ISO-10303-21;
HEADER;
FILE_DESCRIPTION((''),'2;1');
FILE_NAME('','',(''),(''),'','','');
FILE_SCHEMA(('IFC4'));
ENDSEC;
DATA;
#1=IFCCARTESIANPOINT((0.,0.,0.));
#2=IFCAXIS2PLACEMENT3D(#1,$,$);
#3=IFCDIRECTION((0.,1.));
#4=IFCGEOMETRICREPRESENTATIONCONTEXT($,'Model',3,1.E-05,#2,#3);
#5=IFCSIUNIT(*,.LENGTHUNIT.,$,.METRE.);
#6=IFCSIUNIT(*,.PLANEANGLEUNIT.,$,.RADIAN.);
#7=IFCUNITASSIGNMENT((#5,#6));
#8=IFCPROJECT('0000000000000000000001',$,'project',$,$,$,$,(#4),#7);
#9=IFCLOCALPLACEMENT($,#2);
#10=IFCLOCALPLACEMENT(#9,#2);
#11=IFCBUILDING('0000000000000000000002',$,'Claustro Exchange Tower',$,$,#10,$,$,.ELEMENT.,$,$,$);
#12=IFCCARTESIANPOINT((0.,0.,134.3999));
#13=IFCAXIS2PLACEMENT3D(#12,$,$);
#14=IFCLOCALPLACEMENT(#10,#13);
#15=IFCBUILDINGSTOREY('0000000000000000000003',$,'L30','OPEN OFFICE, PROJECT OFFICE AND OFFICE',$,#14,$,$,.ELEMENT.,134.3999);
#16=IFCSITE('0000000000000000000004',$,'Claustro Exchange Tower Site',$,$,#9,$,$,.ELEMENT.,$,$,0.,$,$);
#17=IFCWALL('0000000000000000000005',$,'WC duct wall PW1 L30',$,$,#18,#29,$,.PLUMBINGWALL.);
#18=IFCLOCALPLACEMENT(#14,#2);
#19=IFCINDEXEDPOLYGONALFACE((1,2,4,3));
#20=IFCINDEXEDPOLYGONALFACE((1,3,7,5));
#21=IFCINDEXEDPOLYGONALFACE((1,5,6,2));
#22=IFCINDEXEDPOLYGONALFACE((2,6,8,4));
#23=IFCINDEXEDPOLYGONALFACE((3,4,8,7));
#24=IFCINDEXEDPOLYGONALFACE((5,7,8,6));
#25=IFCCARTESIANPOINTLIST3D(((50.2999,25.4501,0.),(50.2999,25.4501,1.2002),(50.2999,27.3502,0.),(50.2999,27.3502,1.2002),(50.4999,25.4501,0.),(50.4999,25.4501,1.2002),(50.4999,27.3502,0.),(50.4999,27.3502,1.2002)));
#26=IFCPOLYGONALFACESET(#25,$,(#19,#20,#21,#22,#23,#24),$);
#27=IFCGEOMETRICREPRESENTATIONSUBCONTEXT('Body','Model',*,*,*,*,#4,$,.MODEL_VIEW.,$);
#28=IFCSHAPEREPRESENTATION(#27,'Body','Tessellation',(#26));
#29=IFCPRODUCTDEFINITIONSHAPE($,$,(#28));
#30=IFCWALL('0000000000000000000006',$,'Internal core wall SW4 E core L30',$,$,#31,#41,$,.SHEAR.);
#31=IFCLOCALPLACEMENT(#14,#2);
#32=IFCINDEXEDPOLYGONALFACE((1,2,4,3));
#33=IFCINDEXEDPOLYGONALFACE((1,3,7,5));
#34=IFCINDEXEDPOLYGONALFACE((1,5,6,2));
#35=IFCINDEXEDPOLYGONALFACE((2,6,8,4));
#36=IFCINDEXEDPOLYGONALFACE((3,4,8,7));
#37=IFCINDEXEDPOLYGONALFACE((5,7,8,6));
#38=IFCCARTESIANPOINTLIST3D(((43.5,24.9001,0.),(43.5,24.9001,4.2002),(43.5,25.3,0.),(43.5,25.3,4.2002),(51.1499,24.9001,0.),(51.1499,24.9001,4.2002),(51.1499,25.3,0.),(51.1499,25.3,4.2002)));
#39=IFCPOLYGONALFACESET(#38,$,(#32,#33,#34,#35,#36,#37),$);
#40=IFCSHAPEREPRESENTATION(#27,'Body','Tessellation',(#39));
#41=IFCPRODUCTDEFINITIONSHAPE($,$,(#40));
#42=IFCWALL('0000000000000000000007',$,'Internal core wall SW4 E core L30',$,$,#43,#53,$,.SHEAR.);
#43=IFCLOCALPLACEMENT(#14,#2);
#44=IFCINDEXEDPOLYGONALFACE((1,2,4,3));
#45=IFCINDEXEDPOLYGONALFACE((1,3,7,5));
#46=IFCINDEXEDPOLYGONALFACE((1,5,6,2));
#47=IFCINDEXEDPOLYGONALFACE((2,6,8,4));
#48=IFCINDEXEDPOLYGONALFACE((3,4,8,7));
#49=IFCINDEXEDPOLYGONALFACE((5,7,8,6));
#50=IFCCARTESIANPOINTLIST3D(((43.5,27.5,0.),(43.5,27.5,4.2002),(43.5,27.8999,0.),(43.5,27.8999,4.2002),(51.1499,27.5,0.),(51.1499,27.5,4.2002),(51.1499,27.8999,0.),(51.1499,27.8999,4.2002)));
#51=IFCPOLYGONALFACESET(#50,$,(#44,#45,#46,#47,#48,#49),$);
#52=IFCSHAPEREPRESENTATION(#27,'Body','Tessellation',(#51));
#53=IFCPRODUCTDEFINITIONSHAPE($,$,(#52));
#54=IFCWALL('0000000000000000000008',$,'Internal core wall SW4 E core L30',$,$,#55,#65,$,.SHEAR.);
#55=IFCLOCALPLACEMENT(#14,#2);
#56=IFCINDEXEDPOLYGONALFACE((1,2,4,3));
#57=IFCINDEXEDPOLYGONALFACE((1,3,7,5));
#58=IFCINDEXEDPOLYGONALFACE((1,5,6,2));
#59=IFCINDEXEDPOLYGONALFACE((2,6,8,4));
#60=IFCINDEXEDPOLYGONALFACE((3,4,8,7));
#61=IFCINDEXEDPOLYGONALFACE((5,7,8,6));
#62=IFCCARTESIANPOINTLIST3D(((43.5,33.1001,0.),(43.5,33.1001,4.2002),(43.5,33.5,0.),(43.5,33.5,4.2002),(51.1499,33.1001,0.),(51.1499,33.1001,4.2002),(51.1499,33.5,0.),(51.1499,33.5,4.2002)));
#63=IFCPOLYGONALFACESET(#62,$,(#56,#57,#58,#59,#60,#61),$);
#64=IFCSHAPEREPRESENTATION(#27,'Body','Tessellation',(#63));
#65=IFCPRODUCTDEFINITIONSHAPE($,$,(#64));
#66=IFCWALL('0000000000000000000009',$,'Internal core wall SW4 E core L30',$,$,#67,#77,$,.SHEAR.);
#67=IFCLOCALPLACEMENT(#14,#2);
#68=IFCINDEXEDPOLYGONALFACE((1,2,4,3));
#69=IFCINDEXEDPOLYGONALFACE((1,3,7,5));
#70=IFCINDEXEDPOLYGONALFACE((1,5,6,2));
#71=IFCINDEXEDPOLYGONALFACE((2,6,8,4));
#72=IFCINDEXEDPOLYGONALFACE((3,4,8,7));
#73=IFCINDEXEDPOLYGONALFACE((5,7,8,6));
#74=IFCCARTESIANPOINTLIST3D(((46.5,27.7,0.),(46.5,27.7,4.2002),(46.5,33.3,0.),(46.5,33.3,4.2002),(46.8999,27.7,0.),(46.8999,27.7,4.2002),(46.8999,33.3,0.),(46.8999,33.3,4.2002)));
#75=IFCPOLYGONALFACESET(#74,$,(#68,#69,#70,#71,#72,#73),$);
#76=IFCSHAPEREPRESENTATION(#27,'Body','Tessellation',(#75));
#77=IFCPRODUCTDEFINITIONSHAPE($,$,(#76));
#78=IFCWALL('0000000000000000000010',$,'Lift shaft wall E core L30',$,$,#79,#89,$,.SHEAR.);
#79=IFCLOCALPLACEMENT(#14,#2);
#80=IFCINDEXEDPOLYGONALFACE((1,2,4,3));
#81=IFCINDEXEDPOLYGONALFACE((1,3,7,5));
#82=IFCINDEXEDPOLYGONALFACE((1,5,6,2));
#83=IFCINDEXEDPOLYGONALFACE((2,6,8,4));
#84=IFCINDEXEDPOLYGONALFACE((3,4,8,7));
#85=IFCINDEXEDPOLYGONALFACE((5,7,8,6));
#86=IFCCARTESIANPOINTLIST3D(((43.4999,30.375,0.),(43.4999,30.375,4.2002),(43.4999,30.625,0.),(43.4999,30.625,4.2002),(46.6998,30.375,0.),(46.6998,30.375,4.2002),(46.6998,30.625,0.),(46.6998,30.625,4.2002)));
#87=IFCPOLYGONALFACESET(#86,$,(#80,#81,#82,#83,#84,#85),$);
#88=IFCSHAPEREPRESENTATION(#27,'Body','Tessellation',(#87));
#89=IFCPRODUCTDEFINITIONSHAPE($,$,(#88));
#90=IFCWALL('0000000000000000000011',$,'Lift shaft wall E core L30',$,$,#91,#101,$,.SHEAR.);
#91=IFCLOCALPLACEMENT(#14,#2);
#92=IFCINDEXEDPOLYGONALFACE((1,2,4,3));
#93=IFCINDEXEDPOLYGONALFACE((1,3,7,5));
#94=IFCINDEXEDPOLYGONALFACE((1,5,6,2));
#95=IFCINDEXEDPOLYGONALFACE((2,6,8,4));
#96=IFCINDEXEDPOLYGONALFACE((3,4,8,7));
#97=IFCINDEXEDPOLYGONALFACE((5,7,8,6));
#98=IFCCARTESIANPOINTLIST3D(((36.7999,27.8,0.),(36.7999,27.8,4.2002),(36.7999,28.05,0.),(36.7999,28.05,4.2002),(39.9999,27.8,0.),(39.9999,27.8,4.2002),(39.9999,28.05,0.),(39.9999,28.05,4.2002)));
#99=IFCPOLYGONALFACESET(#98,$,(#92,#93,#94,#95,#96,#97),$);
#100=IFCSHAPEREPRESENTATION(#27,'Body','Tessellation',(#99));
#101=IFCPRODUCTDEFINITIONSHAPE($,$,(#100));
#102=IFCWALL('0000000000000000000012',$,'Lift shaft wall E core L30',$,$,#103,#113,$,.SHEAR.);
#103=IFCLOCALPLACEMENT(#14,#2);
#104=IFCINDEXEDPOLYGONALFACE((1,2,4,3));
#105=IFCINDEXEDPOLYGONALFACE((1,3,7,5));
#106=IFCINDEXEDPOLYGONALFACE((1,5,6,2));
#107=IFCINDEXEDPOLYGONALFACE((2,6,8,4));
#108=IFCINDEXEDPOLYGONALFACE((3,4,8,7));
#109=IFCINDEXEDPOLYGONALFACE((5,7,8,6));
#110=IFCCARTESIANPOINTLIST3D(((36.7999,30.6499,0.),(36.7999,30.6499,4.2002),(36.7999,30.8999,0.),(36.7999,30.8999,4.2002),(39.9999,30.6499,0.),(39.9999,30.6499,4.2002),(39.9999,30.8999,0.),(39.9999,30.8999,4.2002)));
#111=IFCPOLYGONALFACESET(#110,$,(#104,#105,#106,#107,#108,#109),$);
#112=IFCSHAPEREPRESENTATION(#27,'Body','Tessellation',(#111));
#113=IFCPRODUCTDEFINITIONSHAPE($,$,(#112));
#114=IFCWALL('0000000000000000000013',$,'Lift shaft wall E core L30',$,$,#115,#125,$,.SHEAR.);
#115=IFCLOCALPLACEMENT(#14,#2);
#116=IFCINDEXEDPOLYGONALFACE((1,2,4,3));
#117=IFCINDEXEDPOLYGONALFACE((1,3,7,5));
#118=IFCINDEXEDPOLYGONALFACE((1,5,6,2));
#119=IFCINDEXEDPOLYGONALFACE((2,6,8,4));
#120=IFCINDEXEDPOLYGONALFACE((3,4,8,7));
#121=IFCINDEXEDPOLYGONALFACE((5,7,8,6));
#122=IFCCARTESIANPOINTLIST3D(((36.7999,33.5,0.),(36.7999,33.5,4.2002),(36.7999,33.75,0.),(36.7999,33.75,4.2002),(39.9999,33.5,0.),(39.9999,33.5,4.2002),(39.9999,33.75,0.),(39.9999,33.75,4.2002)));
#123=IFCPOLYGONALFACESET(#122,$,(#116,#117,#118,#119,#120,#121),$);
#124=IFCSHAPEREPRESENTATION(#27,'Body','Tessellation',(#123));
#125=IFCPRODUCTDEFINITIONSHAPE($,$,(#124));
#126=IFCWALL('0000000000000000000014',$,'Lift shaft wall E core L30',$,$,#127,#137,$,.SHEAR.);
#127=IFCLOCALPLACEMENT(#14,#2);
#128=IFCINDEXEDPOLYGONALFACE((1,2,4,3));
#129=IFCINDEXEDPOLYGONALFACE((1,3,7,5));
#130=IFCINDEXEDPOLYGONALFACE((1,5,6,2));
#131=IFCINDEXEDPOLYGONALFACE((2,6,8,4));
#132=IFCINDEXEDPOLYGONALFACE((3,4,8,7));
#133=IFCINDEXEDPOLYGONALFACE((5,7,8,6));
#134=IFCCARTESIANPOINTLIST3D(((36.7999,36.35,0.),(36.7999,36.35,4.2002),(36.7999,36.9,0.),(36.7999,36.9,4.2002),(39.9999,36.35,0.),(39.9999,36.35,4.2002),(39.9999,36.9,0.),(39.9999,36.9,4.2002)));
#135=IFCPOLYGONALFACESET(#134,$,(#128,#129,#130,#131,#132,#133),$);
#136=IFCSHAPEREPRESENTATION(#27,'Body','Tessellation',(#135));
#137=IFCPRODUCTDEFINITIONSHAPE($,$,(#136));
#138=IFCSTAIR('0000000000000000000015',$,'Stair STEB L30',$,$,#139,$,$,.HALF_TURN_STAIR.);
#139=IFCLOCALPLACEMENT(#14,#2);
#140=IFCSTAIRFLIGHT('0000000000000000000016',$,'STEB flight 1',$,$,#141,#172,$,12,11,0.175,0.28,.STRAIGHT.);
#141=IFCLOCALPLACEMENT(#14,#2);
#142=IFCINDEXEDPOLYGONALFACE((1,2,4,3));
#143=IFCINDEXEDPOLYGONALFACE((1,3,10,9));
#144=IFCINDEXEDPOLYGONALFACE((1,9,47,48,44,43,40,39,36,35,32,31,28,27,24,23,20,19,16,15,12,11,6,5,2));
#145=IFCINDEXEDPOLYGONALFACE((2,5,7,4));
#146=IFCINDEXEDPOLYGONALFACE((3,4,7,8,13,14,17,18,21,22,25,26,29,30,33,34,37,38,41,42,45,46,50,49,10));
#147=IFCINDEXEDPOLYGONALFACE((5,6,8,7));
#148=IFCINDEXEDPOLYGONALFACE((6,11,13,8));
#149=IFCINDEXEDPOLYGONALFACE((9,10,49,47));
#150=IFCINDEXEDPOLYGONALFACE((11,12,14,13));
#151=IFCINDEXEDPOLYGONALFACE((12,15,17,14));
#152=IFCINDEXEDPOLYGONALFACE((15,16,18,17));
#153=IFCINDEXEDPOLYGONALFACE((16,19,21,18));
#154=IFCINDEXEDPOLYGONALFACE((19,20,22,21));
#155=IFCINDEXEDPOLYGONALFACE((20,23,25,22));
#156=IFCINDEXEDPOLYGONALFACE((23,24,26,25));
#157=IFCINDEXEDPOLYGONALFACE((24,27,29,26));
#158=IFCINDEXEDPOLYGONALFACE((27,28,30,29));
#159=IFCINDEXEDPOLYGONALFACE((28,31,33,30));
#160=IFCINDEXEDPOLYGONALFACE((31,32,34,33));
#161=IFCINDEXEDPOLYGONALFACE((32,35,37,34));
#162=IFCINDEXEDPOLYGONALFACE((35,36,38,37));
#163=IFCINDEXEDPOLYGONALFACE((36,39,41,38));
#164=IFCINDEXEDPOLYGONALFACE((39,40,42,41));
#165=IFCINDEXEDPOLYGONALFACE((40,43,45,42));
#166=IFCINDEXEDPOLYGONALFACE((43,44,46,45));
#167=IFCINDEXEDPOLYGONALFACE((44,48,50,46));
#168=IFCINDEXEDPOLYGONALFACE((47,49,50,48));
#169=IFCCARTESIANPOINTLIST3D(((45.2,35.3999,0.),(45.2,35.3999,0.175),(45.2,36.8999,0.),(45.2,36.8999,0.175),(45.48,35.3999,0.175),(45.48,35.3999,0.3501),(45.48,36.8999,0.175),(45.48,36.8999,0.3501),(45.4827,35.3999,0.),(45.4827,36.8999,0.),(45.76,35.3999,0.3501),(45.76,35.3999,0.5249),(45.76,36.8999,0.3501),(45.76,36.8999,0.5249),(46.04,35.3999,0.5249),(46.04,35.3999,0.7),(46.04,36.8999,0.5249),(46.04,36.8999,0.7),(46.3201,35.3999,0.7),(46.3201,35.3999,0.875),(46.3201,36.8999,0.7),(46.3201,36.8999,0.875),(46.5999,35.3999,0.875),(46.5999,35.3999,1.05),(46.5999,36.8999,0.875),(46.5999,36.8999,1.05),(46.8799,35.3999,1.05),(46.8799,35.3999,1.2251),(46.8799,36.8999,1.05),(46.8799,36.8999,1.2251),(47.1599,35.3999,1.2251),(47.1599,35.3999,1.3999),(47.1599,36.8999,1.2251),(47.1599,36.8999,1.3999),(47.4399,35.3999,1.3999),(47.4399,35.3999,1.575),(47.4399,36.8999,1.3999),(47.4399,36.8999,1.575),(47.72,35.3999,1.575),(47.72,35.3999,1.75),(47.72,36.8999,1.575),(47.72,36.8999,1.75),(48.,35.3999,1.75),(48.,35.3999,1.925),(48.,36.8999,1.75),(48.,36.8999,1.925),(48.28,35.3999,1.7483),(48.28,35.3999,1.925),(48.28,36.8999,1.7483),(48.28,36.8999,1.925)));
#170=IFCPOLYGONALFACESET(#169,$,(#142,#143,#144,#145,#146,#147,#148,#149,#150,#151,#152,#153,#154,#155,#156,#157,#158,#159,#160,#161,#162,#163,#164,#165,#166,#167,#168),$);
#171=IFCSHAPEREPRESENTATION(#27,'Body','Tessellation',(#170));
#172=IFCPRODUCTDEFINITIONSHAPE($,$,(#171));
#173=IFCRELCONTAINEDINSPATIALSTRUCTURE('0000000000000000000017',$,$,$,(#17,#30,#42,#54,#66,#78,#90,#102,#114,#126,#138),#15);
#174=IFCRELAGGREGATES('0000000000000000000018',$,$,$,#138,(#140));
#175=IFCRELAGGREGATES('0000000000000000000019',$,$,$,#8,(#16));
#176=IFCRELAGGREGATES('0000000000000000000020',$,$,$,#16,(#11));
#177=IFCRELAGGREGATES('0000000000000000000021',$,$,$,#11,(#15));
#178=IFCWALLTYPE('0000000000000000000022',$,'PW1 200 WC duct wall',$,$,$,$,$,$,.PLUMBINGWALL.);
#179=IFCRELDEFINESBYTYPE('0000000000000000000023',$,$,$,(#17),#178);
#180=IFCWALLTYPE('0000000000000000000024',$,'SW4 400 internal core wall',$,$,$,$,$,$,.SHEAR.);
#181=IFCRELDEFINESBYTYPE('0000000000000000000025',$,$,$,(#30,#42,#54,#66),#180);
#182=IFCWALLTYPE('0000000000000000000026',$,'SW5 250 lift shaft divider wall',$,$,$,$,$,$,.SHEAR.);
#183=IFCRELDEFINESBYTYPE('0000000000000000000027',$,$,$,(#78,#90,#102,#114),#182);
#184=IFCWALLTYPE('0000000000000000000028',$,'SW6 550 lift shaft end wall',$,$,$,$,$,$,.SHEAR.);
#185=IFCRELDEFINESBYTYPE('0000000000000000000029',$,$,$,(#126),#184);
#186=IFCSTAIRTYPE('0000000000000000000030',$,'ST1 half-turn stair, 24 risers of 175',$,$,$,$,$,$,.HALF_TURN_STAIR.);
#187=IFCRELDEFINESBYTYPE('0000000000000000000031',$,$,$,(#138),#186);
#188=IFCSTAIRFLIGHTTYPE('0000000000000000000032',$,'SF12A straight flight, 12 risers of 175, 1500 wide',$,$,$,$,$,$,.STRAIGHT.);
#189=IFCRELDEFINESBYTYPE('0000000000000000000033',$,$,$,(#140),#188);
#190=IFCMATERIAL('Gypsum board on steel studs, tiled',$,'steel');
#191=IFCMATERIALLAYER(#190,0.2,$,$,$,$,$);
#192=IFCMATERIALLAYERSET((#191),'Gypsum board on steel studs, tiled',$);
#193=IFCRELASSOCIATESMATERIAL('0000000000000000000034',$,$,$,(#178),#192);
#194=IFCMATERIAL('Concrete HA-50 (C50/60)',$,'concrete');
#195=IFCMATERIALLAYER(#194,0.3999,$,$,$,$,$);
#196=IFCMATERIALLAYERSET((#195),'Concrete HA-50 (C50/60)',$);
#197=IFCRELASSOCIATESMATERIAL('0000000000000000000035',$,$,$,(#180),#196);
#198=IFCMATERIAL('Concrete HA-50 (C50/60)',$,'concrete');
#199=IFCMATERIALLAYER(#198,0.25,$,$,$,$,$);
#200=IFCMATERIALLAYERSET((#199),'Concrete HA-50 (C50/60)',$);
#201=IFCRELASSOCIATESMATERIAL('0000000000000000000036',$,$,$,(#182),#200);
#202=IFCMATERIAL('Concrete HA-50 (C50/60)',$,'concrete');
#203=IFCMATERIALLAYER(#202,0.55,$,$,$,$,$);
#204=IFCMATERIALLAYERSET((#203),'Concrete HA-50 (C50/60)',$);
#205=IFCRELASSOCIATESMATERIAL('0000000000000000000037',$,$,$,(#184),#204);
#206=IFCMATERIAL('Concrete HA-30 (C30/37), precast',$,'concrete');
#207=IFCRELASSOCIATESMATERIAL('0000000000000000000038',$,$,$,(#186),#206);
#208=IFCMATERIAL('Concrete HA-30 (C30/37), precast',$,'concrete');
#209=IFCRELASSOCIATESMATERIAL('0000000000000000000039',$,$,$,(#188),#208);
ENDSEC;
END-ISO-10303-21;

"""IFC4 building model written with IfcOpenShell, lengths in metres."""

from ifc_helpers import new_model, si_unit, direction, frame, frame_2d, origin, place, context, subcontext, project, spatial, polyline, rectangle, outline, extrude, material, layer, layer_set, type_object, element, aggregate, save


model = new_model("IFC4")

# Units and contexts
model_context = context("Model", 3, precision=1e-05, world=origin(), true_north=direction((0.0, 1.0)))
body_context = subcontext(model_context, "Body", "Model", "MODEL_VIEW")
ifc_project = project(units=[si_unit("LENGTHUNIT", "METRE"), si_unit("PLANEANGLEUNIT", "RADIAN")], contexts=[model_context])

# Site, building, storey
site_placement = place(None, origin())
site = spatial("IfcSite", under=ifc_project, at=site_placement, Name="Claustro Exchange Tower Site", CompositionType="ELEMENT", RefElevation=0.0)
building_placement = place(site_placement, origin())
building = spatial("IfcBuilding", under=site, at=building_placement, Name="Claustro Exchange Tower", CompositionType="ELEMENT")
storey_placement = place(building_placement, frame((0.0, 0.0, 134.3999)))
storey = spatial("IfcBuildingStorey", under=building, at=storey_placement, Name="L30", Description="OPEN OFFICE, PROJECT OFFICE AND OFFICE", CompositionType="ELEMENT", Elevation=134.3999)

# Walls
ifc_material_1 = material(Name="Gypsum board on steel studs, tiled", Category="steel")
ifc_layer_1 = layer(ifc_material_1, 0.2)
ifc_layer_set_1 = layer_set([ifc_layer_1], Name="Gypsum board on steel studs, tiled")
wall_type_1 = type_object("IfcWallType", Name="PW1 200 WC duct wall", PredefinedType="PLUMBINGWALL", material=ifc_layer_set_1)
wall_1_placement = place(storey_placement, frame((50.3999, 25.45, 0.0), z_axis=(0.0, 0.0, 1.0), x_axis=(0.0, 1.0, 0.0)))
element("IfcWall", 1, at=wall_1_placement, inside=storey, type_object=wall_type_1, Name="WC duct wall PW1 L30", PredefinedType="PLUMBINGWALL", context=body_context, shape_type="SweptSolid", body=[
    extrude(rectangle(XDim=1.9001, YDim=0.2, at=frame_2d((0.9502, 0.0))), origin(), (0.0, 0.0, 1.0), 1.2002),
])
ifc_material_2 = material(Name="Concrete HA-50 (C50/60)", Category="concrete")
ifc_layer_2 = layer(ifc_material_2, 0.3999)
ifc_layer_set_2 = layer_set([ifc_layer_2], Name="Concrete HA-50 (C50/60)")
wall_type_2 = type_object("IfcWallType", Name="SW4 400 internal core wall", PredefinedType="SHEAR", material=ifc_layer_set_2)
for number, where, z_axis, x_axis, name in (
    (2, (51.1499, 25.1001, 0.0), (0.0, 0.0, 1.0), (-1.0, 0.0, 0.0), "Internal core wall SW4 E core L30"),
    (3, (51.1499, 27.7, 0.0), (0.0, 0.0, 1.0), (-1.0, 0.0, 0.0), "Internal core wall SW4 E core L30"),
    (4, (51.1499, 33.3, 0.0), (0.0, 0.0, 1.0), (-1.0, 0.0, 0.0), "Internal core wall SW4 E core L30"),
):
    element("IfcWall", number, at=place(storey_placement, frame(where, z_axis=z_axis, x_axis=x_axis)), inside=storey, type_object=wall_type_2, Name=name, PredefinedType="SHEAR", context=body_context, shape_type="SweptSolid", body=[
        extrude(rectangle(XDim=7.6499, YDim=0.3999, at=frame_2d((3.825, 0.0))), origin(), (0.0, 0.0, 1.0), 4.2002),
    ])
wall_2_placement = place(storey_placement, frame((46.7, 27.7, 0.0), z_axis=(0.0, 0.0, 1.0), x_axis=(0.0, 1.0, 0.0)))
element("IfcWall", 5, at=wall_2_placement, inside=storey, type_object=wall_type_2, Name="Internal core wall SW4 E core L30", PredefinedType="SHEAR", context=body_context, shape_type="SweptSolid", body=[
    extrude(rectangle(XDim=5.6001, YDim=0.3999, at=frame_2d((2.8, 0.0))), origin(), (0.0, 0.0, 1.0), 4.2002),
])
ifc_material_3 = material(Name="Concrete HA-50 (C50/60)", Category="concrete")
ifc_layer_3 = layer(ifc_material_3, 0.25)
ifc_layer_set_3 = layer_set([ifc_layer_3], Name="Concrete HA-50 (C50/60)")
wall_type_3 = type_object("IfcWallType", Name="SW5 250 lift shaft divider wall", PredefinedType="SHEAR", material=ifc_layer_set_3)
for number, where, z_axis, x_axis, name in (
    (6, (46.7, 30.5, 0.0), (0.0, 0.0, 1.0), (-1.0, 0.0, 0.0), "Lift shaft wall E core L30"),
    (7, (40.0, 27.925, 0.0), (0.0, 0.0, 1.0), (-1.0, 0.0, 0.0), "Lift shaft wall E core L30"),
    (8, (40.0, 30.7749, 0.0), (0.0, 0.0, 1.0), (-1.0, 0.0, 0.0), "Lift shaft wall E core L30"),
    (9, (40.0, 33.625, 0.0), (0.0, 0.0, 1.0), (-1.0, 0.0, 0.0), "Lift shaft wall E core L30"),
):
    element("IfcWall", number, at=place(storey_placement, frame(where, z_axis=z_axis, x_axis=x_axis)), inside=storey, type_object=wall_type_3, Name=name, PredefinedType="SHEAR", context=body_context, shape_type="SweptSolid", body=[
        extrude(rectangle(XDim=3.2, YDim=0.25, at=frame_2d((1.6001, 0.0))), origin(), (0.0, 0.0, 1.0), 4.2002),
    ])
ifc_material_4 = material(Name="Concrete HA-50 (C50/60)", Category="concrete")
ifc_layer_4 = layer(ifc_material_4, 0.55)
ifc_layer_set_4 = layer_set([ifc_layer_4], Name="Concrete HA-50 (C50/60)")
wall_type_4 = type_object("IfcWallType", Name="SW6 550 lift shaft end wall", PredefinedType="SHEAR", material=ifc_layer_set_4)
wall_3_placement = place(storey_placement, frame((40.0, 36.625, 0.0), z_axis=(0.0, 0.0, 1.0), x_axis=(-1.0, 0.0, 0.0)))
element("IfcWall", 10, at=wall_3_placement, inside=storey, type_object=wall_type_4, Name="Lift shaft wall E core L30", PredefinedType="SHEAR", context=body_context, shape_type="SweptSolid", body=[
    extrude(rectangle(XDim=3.2, YDim=0.55, at=frame_2d((1.6001, 0.0))), origin(), (0.0, 0.0, 1.0), 4.2002),
])

# Stair, stair flight
ifc_material_5 = material(Name="Concrete HA-30 (C30/37), precast", Category="concrete")
stair_type = type_object("IfcStairType", Name="ST1 half-turn stair, 24 risers of 175", PredefinedType="HALF_TURN_STAIR", material=ifc_material_5)
stair_placement = place(storey_placement, origin())
stair = element("IfcStair", 11, at=stair_placement, inside=storey, type_object=stair_type, Name="Stair STEB L30", PredefinedType="HALF_TURN_STAIR")
ifc_material_6 = material(Name="Concrete HA-30 (C30/37), precast", Category="concrete")
stair_flight_type = type_object("IfcStairFlightType", Name="SF12A straight flight, 12 risers of 175, 1500 wide", PredefinedType="STRAIGHT", material=ifc_material_6)
stair_flight_1_placement = place(storey_placement, frame((45.2, 36.1499, 0.0), z_axis=(0.0, 0.0, 1.0), x_axis=(1.0, 0.0, 0.0)))
stair_flight_1 = element("IfcStairFlight", 12, at=stair_flight_1_placement, type_object=stair_flight_type, Name="STEB flight 1", NumberOfRisers=12, NumberOfTreads=11, PredefinedType="STRAIGHT", RiserHeight=0.175, TreadLength=0.28, context=body_context, shape_type="SweptSolid", body=[
    extrude(outline(polyline([(0.0, 0.0), (0.0, 0.175), (0.28, 0.175), (0.28, 0.3501), (0.5601, 0.3501), (0.5601, 0.5249), (0.8401, 0.5249), (0.8401, 0.7), (1.1201, 0.7), (1.1201, 0.875), (1.3999, 0.875), (1.3999, 1.05), (1.6799, 1.05), (1.6799, 1.2251), (1.96, 1.2251), (1.96, 1.3999), (2.24, 1.3999), (2.24, 1.575), (2.52, 1.575), (2.52, 1.75), (2.8, 1.75), (2.8, 1.925), (3.0801, 1.925), (3.0801, 2.1001), (3.0801, 1.7483), (0.2827, 0.0), (0.0, 0.0)])), frame((0.0, 0.75, 0.0), z_axis=(0.0, -1.0, 0.0), x_axis=(1.0, 0.0, 0.0)), (0.0, 0.0, 1.0), 1.5),
])
aggregate(stair, [stair_flight_1])

save(model, "model.ifc")
